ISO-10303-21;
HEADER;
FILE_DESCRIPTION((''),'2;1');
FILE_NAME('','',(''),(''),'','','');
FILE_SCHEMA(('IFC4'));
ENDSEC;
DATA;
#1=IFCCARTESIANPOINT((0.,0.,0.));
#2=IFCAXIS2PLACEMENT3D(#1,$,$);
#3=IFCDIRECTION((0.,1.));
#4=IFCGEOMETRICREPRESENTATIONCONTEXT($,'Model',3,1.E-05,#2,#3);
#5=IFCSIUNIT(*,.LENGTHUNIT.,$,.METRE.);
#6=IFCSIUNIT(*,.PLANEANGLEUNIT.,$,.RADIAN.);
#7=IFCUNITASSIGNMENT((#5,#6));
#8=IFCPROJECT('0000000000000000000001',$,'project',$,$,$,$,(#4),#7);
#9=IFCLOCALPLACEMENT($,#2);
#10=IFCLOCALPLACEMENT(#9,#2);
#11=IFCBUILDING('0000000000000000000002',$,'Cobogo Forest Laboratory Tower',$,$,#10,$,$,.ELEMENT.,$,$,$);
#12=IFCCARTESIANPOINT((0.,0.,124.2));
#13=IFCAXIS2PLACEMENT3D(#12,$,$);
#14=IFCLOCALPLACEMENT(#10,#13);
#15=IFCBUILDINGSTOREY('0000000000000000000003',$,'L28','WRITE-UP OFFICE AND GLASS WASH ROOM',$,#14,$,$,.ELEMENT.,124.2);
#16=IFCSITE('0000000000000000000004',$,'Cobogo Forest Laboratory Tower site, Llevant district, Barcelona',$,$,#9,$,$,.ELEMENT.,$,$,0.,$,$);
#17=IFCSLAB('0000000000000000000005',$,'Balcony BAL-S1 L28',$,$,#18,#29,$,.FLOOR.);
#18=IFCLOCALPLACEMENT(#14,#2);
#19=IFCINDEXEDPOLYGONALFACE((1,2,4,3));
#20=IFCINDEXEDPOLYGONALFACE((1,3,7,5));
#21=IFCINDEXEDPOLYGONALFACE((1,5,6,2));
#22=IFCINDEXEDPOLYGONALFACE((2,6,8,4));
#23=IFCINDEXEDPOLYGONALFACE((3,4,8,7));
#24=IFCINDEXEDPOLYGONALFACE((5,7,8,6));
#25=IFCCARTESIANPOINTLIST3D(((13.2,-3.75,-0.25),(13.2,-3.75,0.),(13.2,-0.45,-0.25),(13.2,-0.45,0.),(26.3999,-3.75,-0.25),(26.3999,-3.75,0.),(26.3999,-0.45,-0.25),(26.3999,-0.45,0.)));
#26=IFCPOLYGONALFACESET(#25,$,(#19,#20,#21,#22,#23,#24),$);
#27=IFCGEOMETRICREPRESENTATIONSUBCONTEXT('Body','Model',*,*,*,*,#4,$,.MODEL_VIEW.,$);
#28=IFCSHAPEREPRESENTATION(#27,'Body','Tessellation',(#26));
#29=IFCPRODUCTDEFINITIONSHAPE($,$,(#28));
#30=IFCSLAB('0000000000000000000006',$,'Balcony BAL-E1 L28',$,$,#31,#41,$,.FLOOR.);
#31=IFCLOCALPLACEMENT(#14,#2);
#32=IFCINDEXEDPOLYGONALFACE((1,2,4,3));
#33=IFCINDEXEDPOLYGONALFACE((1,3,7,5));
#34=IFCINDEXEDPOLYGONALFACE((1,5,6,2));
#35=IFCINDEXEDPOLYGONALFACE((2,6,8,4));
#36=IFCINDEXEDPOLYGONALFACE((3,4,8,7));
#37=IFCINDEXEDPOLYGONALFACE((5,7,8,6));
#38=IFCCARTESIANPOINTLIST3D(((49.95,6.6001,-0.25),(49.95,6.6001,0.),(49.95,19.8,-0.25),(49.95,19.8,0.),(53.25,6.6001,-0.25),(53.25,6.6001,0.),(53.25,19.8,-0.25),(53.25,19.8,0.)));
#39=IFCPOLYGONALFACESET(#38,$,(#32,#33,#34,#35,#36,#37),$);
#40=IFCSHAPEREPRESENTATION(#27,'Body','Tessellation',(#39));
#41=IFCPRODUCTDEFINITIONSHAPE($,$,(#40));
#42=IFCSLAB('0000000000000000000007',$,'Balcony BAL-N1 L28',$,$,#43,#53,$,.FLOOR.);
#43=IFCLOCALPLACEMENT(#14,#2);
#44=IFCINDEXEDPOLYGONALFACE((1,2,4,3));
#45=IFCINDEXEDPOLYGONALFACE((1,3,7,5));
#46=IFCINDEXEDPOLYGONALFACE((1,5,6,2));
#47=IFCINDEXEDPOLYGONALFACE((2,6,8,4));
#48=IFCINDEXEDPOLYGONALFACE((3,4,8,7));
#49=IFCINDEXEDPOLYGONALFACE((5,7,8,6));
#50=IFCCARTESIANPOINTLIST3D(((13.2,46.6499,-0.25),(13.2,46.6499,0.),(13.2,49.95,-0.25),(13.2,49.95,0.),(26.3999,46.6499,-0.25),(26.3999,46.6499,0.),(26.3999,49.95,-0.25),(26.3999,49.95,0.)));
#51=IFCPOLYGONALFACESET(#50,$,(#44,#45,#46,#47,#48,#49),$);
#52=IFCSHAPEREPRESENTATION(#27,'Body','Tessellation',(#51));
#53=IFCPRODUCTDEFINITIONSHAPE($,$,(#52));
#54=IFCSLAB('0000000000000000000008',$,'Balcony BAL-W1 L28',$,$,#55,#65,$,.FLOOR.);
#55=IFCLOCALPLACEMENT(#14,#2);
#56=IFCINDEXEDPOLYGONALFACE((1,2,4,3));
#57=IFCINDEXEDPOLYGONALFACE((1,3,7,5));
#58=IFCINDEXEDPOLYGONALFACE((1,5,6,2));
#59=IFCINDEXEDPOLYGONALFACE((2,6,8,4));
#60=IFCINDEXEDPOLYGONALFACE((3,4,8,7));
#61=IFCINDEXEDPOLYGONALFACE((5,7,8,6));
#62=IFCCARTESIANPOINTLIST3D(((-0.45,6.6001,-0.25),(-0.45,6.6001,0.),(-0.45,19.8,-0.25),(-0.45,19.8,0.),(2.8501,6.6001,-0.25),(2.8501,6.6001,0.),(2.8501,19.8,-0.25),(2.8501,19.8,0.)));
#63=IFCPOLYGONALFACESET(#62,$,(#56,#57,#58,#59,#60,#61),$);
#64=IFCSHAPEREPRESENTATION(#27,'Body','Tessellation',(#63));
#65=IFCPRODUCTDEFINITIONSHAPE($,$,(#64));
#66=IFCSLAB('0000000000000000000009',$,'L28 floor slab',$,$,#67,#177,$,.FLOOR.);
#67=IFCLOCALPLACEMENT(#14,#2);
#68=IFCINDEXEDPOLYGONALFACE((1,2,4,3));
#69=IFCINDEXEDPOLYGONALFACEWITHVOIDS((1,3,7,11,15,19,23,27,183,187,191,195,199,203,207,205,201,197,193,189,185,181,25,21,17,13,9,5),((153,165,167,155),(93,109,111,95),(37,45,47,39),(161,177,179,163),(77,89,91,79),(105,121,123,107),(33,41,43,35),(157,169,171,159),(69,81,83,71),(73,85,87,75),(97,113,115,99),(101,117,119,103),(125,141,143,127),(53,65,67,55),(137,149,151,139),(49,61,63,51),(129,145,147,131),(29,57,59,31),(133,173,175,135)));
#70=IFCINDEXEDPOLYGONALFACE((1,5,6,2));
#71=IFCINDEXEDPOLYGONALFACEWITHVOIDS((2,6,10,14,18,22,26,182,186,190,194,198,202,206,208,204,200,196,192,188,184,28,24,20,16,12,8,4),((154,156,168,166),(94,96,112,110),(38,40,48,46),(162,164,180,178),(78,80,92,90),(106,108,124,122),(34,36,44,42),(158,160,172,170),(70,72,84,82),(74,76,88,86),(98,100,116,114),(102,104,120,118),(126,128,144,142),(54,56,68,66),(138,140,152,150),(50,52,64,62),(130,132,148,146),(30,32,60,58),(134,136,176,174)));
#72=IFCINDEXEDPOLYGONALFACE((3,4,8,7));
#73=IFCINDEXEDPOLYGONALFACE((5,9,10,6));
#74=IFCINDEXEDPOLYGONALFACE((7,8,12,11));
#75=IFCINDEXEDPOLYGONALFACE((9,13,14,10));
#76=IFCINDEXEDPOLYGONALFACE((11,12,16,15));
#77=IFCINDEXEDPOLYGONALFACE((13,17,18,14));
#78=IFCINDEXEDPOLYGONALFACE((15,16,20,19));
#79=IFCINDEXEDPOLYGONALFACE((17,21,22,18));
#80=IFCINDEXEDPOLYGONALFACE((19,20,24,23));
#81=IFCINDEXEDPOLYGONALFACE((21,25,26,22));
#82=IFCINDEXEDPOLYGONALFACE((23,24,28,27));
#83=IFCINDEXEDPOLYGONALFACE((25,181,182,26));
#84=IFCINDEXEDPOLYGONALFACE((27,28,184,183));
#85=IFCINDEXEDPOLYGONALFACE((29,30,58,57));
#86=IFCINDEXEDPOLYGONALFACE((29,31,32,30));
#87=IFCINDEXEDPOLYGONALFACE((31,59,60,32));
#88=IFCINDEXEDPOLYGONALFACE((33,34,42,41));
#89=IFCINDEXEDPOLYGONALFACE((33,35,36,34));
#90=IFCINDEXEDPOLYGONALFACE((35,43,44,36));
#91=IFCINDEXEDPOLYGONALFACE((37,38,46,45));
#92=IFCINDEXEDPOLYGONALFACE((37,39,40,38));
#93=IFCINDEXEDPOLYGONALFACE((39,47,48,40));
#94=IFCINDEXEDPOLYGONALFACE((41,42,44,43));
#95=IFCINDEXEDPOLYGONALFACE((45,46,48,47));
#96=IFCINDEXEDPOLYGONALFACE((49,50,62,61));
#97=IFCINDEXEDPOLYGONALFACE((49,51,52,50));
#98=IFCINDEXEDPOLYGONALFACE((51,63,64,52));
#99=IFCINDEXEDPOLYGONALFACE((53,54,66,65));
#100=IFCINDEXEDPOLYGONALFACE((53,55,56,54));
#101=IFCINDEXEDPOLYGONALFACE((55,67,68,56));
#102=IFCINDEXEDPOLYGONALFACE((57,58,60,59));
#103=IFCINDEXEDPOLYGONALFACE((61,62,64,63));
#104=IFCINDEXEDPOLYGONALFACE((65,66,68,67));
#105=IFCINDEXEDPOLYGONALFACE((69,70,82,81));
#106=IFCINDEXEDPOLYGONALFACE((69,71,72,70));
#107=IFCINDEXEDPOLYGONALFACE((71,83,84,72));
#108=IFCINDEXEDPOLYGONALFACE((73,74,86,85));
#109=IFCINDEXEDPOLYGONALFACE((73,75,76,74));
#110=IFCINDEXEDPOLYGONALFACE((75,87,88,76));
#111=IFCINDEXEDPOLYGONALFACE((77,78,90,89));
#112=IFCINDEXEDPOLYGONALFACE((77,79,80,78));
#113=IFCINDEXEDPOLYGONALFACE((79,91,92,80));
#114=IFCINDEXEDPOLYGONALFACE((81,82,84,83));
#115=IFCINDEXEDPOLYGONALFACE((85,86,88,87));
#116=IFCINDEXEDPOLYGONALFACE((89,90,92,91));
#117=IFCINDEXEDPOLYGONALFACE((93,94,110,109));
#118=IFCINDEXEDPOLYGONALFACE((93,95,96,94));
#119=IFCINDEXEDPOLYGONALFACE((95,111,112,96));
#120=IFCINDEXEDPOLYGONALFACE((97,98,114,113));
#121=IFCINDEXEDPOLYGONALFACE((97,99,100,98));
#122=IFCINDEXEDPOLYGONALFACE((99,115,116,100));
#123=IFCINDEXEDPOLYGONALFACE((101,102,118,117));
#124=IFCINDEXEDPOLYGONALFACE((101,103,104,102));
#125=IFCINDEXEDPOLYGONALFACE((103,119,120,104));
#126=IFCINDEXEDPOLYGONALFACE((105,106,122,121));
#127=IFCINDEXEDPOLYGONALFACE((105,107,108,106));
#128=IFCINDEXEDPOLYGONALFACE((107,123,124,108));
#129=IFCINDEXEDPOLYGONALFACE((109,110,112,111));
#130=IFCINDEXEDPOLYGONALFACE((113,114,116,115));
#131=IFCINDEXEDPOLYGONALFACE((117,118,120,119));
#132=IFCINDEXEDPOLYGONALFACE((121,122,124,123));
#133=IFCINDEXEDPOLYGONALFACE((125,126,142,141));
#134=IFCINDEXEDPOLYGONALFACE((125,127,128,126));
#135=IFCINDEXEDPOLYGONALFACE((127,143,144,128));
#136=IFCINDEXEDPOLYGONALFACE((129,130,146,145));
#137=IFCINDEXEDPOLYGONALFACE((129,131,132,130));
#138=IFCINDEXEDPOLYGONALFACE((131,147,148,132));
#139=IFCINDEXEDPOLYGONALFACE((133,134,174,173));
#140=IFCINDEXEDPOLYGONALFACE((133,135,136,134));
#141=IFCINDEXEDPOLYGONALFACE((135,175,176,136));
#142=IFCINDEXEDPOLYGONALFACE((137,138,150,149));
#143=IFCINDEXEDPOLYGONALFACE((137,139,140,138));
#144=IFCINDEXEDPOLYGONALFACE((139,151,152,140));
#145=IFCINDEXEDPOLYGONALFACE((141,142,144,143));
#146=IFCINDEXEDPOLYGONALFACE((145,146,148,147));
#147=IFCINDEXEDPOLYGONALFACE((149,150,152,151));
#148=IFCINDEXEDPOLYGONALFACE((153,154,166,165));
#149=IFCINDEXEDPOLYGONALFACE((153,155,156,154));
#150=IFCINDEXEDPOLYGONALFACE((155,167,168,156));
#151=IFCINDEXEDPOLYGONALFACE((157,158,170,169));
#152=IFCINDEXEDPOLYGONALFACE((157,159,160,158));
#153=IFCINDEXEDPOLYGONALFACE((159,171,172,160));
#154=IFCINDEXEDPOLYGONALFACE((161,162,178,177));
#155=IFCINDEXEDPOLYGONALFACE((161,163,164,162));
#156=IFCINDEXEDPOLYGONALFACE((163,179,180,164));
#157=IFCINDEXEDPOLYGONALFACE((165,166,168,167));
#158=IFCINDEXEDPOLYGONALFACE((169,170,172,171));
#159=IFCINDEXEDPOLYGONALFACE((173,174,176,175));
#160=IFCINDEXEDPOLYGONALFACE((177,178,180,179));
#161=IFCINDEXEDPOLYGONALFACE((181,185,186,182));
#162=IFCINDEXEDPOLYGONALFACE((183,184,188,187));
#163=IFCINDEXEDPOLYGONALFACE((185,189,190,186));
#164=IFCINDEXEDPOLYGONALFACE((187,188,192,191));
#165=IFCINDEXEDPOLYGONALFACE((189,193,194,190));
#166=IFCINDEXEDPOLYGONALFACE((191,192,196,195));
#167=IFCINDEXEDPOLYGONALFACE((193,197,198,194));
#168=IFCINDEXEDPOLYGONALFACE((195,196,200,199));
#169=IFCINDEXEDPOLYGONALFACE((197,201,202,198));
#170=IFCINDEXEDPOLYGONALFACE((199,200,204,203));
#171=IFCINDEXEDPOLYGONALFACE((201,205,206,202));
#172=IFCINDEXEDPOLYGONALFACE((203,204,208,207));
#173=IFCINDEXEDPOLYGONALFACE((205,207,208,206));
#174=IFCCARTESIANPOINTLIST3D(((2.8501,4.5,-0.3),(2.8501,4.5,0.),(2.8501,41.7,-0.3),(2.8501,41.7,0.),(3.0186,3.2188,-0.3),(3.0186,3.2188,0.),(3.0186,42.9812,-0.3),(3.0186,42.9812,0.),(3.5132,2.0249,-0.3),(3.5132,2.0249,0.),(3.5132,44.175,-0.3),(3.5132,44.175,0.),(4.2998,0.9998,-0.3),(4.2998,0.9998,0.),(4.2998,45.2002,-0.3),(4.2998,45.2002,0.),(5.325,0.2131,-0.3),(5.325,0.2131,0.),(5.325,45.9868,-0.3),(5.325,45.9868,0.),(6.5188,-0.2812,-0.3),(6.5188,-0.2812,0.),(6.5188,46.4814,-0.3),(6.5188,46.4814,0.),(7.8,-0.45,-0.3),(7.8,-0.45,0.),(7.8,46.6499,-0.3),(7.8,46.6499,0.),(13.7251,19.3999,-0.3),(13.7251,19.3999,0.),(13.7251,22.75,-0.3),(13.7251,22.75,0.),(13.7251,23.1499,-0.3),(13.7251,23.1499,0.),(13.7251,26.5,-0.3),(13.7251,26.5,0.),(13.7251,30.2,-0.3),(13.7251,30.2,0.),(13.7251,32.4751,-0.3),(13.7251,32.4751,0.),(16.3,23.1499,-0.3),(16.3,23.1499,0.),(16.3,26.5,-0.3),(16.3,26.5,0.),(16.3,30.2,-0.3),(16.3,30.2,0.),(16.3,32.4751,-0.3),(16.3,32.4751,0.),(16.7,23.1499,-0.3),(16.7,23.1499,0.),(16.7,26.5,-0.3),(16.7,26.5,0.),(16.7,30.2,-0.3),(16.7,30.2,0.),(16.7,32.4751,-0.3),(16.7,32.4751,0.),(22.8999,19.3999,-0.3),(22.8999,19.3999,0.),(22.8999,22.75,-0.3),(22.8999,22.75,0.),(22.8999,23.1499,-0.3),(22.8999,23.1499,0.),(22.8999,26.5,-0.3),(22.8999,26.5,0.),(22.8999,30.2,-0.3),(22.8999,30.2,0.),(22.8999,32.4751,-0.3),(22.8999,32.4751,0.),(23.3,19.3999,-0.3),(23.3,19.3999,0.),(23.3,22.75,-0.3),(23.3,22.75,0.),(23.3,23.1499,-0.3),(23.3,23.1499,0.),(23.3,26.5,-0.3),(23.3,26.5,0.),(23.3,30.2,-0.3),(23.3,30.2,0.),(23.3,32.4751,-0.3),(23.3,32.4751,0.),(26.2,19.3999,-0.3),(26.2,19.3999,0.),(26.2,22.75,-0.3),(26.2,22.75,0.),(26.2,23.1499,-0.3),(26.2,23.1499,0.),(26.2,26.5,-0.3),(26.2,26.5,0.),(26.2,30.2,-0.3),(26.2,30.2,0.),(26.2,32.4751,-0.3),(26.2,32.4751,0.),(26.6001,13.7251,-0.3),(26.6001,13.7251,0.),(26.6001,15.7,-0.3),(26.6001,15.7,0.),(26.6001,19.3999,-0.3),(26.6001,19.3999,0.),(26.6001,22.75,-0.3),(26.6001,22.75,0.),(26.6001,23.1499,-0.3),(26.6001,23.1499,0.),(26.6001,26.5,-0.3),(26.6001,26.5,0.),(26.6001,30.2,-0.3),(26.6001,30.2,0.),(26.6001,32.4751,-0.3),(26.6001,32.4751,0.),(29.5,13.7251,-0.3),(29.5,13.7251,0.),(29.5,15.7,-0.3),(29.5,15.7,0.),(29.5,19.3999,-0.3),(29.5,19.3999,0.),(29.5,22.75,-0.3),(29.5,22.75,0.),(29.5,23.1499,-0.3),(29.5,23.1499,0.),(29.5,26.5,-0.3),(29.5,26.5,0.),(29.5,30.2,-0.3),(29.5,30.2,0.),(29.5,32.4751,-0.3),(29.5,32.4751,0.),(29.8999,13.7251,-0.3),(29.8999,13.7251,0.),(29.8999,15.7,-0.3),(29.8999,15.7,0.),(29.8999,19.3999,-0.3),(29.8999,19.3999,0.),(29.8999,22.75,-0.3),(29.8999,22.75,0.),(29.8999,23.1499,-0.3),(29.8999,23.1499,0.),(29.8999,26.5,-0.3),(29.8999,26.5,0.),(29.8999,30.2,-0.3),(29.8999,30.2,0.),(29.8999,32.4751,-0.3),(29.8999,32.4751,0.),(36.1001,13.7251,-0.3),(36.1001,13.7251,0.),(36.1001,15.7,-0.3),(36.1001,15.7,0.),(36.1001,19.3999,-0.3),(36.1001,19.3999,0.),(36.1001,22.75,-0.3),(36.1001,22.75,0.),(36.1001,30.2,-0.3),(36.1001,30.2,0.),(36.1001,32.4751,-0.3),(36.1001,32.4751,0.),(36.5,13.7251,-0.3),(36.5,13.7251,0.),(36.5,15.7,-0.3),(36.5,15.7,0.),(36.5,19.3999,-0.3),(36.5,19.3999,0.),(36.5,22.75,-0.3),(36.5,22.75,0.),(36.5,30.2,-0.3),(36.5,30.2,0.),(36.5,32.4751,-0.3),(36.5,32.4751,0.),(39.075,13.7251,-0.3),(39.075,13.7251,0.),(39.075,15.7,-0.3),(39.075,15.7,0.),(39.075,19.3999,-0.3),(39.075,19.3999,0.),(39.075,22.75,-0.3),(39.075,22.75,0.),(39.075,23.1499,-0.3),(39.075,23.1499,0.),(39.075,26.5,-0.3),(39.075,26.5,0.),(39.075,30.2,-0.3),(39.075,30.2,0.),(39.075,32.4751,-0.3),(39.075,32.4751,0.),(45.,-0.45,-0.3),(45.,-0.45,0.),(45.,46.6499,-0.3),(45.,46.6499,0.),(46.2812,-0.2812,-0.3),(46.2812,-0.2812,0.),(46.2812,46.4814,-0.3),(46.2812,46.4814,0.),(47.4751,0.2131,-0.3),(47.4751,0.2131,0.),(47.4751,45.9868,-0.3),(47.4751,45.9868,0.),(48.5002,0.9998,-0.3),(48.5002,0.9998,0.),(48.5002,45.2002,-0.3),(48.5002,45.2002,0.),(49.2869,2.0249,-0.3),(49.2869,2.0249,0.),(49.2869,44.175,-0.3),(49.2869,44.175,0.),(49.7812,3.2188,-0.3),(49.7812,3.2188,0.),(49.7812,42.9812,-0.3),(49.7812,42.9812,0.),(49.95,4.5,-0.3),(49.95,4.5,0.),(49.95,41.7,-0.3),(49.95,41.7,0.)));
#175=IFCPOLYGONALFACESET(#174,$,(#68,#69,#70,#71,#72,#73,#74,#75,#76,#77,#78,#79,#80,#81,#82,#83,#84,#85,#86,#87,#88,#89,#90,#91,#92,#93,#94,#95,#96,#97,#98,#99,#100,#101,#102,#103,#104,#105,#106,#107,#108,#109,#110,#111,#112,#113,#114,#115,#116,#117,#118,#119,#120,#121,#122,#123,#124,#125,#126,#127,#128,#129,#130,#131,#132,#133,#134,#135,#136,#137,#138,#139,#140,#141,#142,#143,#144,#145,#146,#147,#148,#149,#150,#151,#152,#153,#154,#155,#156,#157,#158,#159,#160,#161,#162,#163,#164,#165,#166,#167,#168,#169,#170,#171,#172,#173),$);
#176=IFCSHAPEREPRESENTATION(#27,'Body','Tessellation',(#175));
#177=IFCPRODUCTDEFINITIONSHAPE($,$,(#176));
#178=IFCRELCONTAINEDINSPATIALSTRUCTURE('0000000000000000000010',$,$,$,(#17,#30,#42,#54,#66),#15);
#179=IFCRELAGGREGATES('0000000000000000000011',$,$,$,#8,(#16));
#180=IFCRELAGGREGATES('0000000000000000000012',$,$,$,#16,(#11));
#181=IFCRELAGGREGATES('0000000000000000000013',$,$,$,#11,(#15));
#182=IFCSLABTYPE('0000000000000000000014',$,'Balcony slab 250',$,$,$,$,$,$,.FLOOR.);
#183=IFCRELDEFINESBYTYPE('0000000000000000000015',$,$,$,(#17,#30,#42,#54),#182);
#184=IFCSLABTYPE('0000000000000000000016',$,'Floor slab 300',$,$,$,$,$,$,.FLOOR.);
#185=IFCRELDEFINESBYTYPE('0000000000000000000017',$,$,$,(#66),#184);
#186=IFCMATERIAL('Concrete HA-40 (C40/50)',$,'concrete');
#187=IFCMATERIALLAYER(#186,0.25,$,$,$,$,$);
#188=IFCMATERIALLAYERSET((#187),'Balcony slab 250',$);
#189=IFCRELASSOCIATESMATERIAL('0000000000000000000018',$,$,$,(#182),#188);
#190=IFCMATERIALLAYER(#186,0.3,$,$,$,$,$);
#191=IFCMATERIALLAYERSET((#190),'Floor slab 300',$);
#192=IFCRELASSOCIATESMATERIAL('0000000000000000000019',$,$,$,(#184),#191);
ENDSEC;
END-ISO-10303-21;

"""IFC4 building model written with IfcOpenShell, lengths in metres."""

from ifc_helpers import new_model, si_unit, direction, frame, origin, place, context, subcontext, project, spatial, polyline, outline, extrude, material, layer, layer_set, type_object, element, save


model = new_model("IFC4")

# Units and contexts
model_context = context("Model", 3, precision=1e-05, world=origin(), true_north=direction((0.0, 1.0)))
body_context = subcontext(model_context, "Body", "Model", "MODEL_VIEW")
ifc_project = project(units=[si_unit("LENGTHUNIT", "METRE"), si_unit("PLANEANGLEUNIT", "RADIAN")], contexts=[model_context])

# Site, building, storey
site_placement = place(None, origin())
site = spatial("IfcSite", under=ifc_project, at=site_placement, Name="Cobogo Forest Laboratory Tower site, Llevant district, Barcelona", CompositionType="ELEMENT", RefElevation=0.0)
building_placement = place(site_placement, origin())
building = spatial("IfcBuilding", under=site, at=building_placement, Name="Cobogo Forest Laboratory Tower", CompositionType="ELEMENT")
storey_placement = place(building_placement, frame((0.0, 0.0, 124.2)))
storey = spatial("IfcBuildingStorey", under=building, at=storey_placement, Name="L28", Description="WRITE-UP OFFICE AND GLASS WASH ROOM", CompositionType="ELEMENT", Elevation=124.2)

# Slabs
ifc_material_1 = material(Name="Concrete HA-40 (C40/50)", Category="concrete")
ifc_layer_1 = layer(ifc_material_1, 0.25)
ifc_layer_set_1 = layer_set([ifc_layer_1], Name="Balcony slab 250")
slab_type_1 = type_object("IfcSlabType", Name="Balcony slab 250", PredefinedType="FLOOR", material=ifc_layer_set_1)
slab_1_placement = place(storey_placement, frame((0.0, 0.0, -0.25)))
element("IfcSlab", 1, at=slab_1_placement, inside=storey, type_object=slab_type_1, Name="Balcony BAL-S1 L28", PredefinedType="FLOOR", context=body_context, shape_type="SweptSolid", body=[
    extrude(outline(polyline([(13.2, -3.75), (26.3999, -3.75), (26.3999, -0.45), (13.2, -0.45), (13.2, -3.75)])), origin(), (0.0, 0.0, 1.0), 0.25),
])
slab_2_placement = place(storey_placement, frame((0.0, 0.0, -0.25)))
element("IfcSlab", 2, at=slab_2_placement, inside=storey, type_object=slab_type_1, Name="Balcony BAL-E1 L28", PredefinedType="FLOOR", context=body_context, shape_type="SweptSolid", body=[
    extrude(outline(polyline([(49.95, 6.6001), (53.25, 6.6001), (53.25, 19.8), (49.95, 19.8), (49.95, 6.6001)])), origin(), (0.0, 0.0, 1.0), 0.25),
])
slab_3_placement = place(storey_placement, frame((0.0, 0.0, -0.25)))
element("IfcSlab", 3, at=slab_3_placement, inside=storey, type_object=slab_type_1, Name="Balcony BAL-N1 L28", PredefinedType="FLOOR", context=body_context, shape_type="SweptSolid", body=[
    extrude(outline(polyline([(13.2, 46.6499), (26.3999, 46.6499), (26.3999, 49.95), (13.2, 49.95), (13.2, 46.6499)])), origin(), (0.0, 0.0, 1.0), 0.25),
])
slab_4_placement = place(storey_placement, frame((0.0, 0.0, -0.25)))
element("IfcSlab", 4, at=slab_4_placement, inside=storey, type_object=slab_type_1, Name="Balcony BAL-W1 L28", PredefinedType="FLOOR", context=body_context, shape_type="SweptSolid", body=[
    extrude(outline(polyline([(-0.45, 6.6001), (2.8501, 6.6001), (2.8501, 19.8), (-0.45, 19.8), (-0.45, 6.6001)])), origin(), (0.0, 0.0, 1.0), 0.25),
])
ifc_layer_2 = layer(ifc_material_1, 0.3)
ifc_layer_set_2 = layer_set([ifc_layer_2], Name="Floor slab 300")
slab_type_2 = type_object("IfcSlabType", Name="Floor slab 300", PredefinedType="FLOOR", material=ifc_layer_set_2)
slab_5_placement = place(storey_placement, frame((0.0, 0.0, -0.3)))
element("IfcSlab", 5, at=slab_5_placement, inside=storey, type_object=slab_type_2, Name="L28 floor slab", PredefinedType="FLOOR", context=body_context, shape_type="SweptSolid", body=[
    extrude(outline(polyline([(45.0, -0.45), (46.2812, -0.2812), (47.4751, 0.2131), (48.5002, 0.9998), (49.2869, 2.0249), (49.7812, 3.2188), (49.95, 4.5), (49.95, 41.7), (49.7812, 42.9812), (49.2869, 44.175), (48.5002, 45.2002), (47.4751, 45.9868), (46.2812, 46.4814), (45.0, 46.6499), (7.8, 46.6499), (6.5188, 46.4814), (5.325, 45.9868), (4.2998, 45.2002), (3.5132, 44.175), (3.0186, 42.9812), (2.8501, 41.7), (2.8501, 4.5), (3.0186, 3.2188), (3.5132, 2.0249), (4.2998, 0.9998), (5.325, 0.2131), (6.5188, -0.2812), (7.8, -0.45), (45.0, -0.45)]), holes=[polyline([(29.5, 13.7251), (26.6001, 13.7251), (26.6001, 15.7), (29.5, 15.7), (29.5, 13.7251)]), polyline([(36.1001, 15.7), (36.1001, 13.7251), (29.8999, 13.7251), (29.8999, 15.7), (36.1001, 15.7)]), polyline([(36.5, 13.7251), (36.5, 15.7), (39.075, 15.7), (39.075, 13.7251), (36.5, 13.7251)]), polyline([(13.7251, 19.3999), (13.7251, 22.75), (22.8999, 22.75), (22.8999, 19.3999), (13.7251, 19.3999)]), polyline([(23.3, 19.3999), (23.3, 22.75), (26.2, 22.75), (26.2, 19.3999), (23.3, 19.3999)]), polyline([(29.5, 19.3999), (26.6001, 19.3999), (26.6001, 22.75), (29.5, 22.75), (29.5, 19.3999)]), polyline([(36.1001, 22.75), (36.1001, 19.3999), (29.8999, 19.3999), (29.8999, 22.75), (36.1001, 22.75)]), polyline([(39.075, 19.3999), (36.5, 19.3999), (36.5, 22.75), (39.075, 22.75), (39.075, 19.3999)]), polyline([(16.3, 23.1499), (13.7251, 23.1499), (13.7251, 26.5), (16.3, 26.5), (16.3, 23.1499)]), polyline([(22.8999, 26.5), (22.8999, 23.1499), (16.7, 23.1499), (16.7, 26.5), (22.8999, 26.5)]), polyline([(26.2, 23.1499), (23.3, 23.1499), (23.3, 26.5), (26.2, 26.5), (26.2, 23.1499)]), polyline([(26.6001, 23.1499), (26.6001, 26.5), (29.5, 26.5), (29.5, 23.1499), (26.6001, 23.1499)]), polyline([(29.8999, 23.1499), (29.8999, 26.5), (39.075, 26.5), (39.075, 23.1499), (29.8999, 23.1499)]), polyline([(13.7251, 30.2), (13.7251, 32.4751), (16.3, 32.4751), (16.3, 30.2), (13.7251, 30.2)]), polyline([(22.8999, 32.4751), (22.8999, 30.2), (16.7, 30.2), (16.7, 32.4751), (22.8999, 32.4751)]), polyline([(23.3, 30.2), (23.3, 32.4751), (26.2, 32.4751), (26.2, 30.2), (23.3, 30.2)]), polyline([(26.6001, 30.2), (26.6001, 32.4751), (29.5, 32.4751), (29.5, 30.2), (26.6001, 30.2)]), polyline([(36.1001, 32.4751), (36.1001, 30.2), (29.8999, 30.2), (29.8999, 32.4751), (36.1001, 32.4751)]), polyline([(36.5, 30.2), (36.5, 32.4751), (39.075, 32.4751), (39.075, 30.2), (36.5, 30.2)])]), origin(), (0.0, 0.0, 1.0), 0.3),
])

save(model, "model.ifc")
